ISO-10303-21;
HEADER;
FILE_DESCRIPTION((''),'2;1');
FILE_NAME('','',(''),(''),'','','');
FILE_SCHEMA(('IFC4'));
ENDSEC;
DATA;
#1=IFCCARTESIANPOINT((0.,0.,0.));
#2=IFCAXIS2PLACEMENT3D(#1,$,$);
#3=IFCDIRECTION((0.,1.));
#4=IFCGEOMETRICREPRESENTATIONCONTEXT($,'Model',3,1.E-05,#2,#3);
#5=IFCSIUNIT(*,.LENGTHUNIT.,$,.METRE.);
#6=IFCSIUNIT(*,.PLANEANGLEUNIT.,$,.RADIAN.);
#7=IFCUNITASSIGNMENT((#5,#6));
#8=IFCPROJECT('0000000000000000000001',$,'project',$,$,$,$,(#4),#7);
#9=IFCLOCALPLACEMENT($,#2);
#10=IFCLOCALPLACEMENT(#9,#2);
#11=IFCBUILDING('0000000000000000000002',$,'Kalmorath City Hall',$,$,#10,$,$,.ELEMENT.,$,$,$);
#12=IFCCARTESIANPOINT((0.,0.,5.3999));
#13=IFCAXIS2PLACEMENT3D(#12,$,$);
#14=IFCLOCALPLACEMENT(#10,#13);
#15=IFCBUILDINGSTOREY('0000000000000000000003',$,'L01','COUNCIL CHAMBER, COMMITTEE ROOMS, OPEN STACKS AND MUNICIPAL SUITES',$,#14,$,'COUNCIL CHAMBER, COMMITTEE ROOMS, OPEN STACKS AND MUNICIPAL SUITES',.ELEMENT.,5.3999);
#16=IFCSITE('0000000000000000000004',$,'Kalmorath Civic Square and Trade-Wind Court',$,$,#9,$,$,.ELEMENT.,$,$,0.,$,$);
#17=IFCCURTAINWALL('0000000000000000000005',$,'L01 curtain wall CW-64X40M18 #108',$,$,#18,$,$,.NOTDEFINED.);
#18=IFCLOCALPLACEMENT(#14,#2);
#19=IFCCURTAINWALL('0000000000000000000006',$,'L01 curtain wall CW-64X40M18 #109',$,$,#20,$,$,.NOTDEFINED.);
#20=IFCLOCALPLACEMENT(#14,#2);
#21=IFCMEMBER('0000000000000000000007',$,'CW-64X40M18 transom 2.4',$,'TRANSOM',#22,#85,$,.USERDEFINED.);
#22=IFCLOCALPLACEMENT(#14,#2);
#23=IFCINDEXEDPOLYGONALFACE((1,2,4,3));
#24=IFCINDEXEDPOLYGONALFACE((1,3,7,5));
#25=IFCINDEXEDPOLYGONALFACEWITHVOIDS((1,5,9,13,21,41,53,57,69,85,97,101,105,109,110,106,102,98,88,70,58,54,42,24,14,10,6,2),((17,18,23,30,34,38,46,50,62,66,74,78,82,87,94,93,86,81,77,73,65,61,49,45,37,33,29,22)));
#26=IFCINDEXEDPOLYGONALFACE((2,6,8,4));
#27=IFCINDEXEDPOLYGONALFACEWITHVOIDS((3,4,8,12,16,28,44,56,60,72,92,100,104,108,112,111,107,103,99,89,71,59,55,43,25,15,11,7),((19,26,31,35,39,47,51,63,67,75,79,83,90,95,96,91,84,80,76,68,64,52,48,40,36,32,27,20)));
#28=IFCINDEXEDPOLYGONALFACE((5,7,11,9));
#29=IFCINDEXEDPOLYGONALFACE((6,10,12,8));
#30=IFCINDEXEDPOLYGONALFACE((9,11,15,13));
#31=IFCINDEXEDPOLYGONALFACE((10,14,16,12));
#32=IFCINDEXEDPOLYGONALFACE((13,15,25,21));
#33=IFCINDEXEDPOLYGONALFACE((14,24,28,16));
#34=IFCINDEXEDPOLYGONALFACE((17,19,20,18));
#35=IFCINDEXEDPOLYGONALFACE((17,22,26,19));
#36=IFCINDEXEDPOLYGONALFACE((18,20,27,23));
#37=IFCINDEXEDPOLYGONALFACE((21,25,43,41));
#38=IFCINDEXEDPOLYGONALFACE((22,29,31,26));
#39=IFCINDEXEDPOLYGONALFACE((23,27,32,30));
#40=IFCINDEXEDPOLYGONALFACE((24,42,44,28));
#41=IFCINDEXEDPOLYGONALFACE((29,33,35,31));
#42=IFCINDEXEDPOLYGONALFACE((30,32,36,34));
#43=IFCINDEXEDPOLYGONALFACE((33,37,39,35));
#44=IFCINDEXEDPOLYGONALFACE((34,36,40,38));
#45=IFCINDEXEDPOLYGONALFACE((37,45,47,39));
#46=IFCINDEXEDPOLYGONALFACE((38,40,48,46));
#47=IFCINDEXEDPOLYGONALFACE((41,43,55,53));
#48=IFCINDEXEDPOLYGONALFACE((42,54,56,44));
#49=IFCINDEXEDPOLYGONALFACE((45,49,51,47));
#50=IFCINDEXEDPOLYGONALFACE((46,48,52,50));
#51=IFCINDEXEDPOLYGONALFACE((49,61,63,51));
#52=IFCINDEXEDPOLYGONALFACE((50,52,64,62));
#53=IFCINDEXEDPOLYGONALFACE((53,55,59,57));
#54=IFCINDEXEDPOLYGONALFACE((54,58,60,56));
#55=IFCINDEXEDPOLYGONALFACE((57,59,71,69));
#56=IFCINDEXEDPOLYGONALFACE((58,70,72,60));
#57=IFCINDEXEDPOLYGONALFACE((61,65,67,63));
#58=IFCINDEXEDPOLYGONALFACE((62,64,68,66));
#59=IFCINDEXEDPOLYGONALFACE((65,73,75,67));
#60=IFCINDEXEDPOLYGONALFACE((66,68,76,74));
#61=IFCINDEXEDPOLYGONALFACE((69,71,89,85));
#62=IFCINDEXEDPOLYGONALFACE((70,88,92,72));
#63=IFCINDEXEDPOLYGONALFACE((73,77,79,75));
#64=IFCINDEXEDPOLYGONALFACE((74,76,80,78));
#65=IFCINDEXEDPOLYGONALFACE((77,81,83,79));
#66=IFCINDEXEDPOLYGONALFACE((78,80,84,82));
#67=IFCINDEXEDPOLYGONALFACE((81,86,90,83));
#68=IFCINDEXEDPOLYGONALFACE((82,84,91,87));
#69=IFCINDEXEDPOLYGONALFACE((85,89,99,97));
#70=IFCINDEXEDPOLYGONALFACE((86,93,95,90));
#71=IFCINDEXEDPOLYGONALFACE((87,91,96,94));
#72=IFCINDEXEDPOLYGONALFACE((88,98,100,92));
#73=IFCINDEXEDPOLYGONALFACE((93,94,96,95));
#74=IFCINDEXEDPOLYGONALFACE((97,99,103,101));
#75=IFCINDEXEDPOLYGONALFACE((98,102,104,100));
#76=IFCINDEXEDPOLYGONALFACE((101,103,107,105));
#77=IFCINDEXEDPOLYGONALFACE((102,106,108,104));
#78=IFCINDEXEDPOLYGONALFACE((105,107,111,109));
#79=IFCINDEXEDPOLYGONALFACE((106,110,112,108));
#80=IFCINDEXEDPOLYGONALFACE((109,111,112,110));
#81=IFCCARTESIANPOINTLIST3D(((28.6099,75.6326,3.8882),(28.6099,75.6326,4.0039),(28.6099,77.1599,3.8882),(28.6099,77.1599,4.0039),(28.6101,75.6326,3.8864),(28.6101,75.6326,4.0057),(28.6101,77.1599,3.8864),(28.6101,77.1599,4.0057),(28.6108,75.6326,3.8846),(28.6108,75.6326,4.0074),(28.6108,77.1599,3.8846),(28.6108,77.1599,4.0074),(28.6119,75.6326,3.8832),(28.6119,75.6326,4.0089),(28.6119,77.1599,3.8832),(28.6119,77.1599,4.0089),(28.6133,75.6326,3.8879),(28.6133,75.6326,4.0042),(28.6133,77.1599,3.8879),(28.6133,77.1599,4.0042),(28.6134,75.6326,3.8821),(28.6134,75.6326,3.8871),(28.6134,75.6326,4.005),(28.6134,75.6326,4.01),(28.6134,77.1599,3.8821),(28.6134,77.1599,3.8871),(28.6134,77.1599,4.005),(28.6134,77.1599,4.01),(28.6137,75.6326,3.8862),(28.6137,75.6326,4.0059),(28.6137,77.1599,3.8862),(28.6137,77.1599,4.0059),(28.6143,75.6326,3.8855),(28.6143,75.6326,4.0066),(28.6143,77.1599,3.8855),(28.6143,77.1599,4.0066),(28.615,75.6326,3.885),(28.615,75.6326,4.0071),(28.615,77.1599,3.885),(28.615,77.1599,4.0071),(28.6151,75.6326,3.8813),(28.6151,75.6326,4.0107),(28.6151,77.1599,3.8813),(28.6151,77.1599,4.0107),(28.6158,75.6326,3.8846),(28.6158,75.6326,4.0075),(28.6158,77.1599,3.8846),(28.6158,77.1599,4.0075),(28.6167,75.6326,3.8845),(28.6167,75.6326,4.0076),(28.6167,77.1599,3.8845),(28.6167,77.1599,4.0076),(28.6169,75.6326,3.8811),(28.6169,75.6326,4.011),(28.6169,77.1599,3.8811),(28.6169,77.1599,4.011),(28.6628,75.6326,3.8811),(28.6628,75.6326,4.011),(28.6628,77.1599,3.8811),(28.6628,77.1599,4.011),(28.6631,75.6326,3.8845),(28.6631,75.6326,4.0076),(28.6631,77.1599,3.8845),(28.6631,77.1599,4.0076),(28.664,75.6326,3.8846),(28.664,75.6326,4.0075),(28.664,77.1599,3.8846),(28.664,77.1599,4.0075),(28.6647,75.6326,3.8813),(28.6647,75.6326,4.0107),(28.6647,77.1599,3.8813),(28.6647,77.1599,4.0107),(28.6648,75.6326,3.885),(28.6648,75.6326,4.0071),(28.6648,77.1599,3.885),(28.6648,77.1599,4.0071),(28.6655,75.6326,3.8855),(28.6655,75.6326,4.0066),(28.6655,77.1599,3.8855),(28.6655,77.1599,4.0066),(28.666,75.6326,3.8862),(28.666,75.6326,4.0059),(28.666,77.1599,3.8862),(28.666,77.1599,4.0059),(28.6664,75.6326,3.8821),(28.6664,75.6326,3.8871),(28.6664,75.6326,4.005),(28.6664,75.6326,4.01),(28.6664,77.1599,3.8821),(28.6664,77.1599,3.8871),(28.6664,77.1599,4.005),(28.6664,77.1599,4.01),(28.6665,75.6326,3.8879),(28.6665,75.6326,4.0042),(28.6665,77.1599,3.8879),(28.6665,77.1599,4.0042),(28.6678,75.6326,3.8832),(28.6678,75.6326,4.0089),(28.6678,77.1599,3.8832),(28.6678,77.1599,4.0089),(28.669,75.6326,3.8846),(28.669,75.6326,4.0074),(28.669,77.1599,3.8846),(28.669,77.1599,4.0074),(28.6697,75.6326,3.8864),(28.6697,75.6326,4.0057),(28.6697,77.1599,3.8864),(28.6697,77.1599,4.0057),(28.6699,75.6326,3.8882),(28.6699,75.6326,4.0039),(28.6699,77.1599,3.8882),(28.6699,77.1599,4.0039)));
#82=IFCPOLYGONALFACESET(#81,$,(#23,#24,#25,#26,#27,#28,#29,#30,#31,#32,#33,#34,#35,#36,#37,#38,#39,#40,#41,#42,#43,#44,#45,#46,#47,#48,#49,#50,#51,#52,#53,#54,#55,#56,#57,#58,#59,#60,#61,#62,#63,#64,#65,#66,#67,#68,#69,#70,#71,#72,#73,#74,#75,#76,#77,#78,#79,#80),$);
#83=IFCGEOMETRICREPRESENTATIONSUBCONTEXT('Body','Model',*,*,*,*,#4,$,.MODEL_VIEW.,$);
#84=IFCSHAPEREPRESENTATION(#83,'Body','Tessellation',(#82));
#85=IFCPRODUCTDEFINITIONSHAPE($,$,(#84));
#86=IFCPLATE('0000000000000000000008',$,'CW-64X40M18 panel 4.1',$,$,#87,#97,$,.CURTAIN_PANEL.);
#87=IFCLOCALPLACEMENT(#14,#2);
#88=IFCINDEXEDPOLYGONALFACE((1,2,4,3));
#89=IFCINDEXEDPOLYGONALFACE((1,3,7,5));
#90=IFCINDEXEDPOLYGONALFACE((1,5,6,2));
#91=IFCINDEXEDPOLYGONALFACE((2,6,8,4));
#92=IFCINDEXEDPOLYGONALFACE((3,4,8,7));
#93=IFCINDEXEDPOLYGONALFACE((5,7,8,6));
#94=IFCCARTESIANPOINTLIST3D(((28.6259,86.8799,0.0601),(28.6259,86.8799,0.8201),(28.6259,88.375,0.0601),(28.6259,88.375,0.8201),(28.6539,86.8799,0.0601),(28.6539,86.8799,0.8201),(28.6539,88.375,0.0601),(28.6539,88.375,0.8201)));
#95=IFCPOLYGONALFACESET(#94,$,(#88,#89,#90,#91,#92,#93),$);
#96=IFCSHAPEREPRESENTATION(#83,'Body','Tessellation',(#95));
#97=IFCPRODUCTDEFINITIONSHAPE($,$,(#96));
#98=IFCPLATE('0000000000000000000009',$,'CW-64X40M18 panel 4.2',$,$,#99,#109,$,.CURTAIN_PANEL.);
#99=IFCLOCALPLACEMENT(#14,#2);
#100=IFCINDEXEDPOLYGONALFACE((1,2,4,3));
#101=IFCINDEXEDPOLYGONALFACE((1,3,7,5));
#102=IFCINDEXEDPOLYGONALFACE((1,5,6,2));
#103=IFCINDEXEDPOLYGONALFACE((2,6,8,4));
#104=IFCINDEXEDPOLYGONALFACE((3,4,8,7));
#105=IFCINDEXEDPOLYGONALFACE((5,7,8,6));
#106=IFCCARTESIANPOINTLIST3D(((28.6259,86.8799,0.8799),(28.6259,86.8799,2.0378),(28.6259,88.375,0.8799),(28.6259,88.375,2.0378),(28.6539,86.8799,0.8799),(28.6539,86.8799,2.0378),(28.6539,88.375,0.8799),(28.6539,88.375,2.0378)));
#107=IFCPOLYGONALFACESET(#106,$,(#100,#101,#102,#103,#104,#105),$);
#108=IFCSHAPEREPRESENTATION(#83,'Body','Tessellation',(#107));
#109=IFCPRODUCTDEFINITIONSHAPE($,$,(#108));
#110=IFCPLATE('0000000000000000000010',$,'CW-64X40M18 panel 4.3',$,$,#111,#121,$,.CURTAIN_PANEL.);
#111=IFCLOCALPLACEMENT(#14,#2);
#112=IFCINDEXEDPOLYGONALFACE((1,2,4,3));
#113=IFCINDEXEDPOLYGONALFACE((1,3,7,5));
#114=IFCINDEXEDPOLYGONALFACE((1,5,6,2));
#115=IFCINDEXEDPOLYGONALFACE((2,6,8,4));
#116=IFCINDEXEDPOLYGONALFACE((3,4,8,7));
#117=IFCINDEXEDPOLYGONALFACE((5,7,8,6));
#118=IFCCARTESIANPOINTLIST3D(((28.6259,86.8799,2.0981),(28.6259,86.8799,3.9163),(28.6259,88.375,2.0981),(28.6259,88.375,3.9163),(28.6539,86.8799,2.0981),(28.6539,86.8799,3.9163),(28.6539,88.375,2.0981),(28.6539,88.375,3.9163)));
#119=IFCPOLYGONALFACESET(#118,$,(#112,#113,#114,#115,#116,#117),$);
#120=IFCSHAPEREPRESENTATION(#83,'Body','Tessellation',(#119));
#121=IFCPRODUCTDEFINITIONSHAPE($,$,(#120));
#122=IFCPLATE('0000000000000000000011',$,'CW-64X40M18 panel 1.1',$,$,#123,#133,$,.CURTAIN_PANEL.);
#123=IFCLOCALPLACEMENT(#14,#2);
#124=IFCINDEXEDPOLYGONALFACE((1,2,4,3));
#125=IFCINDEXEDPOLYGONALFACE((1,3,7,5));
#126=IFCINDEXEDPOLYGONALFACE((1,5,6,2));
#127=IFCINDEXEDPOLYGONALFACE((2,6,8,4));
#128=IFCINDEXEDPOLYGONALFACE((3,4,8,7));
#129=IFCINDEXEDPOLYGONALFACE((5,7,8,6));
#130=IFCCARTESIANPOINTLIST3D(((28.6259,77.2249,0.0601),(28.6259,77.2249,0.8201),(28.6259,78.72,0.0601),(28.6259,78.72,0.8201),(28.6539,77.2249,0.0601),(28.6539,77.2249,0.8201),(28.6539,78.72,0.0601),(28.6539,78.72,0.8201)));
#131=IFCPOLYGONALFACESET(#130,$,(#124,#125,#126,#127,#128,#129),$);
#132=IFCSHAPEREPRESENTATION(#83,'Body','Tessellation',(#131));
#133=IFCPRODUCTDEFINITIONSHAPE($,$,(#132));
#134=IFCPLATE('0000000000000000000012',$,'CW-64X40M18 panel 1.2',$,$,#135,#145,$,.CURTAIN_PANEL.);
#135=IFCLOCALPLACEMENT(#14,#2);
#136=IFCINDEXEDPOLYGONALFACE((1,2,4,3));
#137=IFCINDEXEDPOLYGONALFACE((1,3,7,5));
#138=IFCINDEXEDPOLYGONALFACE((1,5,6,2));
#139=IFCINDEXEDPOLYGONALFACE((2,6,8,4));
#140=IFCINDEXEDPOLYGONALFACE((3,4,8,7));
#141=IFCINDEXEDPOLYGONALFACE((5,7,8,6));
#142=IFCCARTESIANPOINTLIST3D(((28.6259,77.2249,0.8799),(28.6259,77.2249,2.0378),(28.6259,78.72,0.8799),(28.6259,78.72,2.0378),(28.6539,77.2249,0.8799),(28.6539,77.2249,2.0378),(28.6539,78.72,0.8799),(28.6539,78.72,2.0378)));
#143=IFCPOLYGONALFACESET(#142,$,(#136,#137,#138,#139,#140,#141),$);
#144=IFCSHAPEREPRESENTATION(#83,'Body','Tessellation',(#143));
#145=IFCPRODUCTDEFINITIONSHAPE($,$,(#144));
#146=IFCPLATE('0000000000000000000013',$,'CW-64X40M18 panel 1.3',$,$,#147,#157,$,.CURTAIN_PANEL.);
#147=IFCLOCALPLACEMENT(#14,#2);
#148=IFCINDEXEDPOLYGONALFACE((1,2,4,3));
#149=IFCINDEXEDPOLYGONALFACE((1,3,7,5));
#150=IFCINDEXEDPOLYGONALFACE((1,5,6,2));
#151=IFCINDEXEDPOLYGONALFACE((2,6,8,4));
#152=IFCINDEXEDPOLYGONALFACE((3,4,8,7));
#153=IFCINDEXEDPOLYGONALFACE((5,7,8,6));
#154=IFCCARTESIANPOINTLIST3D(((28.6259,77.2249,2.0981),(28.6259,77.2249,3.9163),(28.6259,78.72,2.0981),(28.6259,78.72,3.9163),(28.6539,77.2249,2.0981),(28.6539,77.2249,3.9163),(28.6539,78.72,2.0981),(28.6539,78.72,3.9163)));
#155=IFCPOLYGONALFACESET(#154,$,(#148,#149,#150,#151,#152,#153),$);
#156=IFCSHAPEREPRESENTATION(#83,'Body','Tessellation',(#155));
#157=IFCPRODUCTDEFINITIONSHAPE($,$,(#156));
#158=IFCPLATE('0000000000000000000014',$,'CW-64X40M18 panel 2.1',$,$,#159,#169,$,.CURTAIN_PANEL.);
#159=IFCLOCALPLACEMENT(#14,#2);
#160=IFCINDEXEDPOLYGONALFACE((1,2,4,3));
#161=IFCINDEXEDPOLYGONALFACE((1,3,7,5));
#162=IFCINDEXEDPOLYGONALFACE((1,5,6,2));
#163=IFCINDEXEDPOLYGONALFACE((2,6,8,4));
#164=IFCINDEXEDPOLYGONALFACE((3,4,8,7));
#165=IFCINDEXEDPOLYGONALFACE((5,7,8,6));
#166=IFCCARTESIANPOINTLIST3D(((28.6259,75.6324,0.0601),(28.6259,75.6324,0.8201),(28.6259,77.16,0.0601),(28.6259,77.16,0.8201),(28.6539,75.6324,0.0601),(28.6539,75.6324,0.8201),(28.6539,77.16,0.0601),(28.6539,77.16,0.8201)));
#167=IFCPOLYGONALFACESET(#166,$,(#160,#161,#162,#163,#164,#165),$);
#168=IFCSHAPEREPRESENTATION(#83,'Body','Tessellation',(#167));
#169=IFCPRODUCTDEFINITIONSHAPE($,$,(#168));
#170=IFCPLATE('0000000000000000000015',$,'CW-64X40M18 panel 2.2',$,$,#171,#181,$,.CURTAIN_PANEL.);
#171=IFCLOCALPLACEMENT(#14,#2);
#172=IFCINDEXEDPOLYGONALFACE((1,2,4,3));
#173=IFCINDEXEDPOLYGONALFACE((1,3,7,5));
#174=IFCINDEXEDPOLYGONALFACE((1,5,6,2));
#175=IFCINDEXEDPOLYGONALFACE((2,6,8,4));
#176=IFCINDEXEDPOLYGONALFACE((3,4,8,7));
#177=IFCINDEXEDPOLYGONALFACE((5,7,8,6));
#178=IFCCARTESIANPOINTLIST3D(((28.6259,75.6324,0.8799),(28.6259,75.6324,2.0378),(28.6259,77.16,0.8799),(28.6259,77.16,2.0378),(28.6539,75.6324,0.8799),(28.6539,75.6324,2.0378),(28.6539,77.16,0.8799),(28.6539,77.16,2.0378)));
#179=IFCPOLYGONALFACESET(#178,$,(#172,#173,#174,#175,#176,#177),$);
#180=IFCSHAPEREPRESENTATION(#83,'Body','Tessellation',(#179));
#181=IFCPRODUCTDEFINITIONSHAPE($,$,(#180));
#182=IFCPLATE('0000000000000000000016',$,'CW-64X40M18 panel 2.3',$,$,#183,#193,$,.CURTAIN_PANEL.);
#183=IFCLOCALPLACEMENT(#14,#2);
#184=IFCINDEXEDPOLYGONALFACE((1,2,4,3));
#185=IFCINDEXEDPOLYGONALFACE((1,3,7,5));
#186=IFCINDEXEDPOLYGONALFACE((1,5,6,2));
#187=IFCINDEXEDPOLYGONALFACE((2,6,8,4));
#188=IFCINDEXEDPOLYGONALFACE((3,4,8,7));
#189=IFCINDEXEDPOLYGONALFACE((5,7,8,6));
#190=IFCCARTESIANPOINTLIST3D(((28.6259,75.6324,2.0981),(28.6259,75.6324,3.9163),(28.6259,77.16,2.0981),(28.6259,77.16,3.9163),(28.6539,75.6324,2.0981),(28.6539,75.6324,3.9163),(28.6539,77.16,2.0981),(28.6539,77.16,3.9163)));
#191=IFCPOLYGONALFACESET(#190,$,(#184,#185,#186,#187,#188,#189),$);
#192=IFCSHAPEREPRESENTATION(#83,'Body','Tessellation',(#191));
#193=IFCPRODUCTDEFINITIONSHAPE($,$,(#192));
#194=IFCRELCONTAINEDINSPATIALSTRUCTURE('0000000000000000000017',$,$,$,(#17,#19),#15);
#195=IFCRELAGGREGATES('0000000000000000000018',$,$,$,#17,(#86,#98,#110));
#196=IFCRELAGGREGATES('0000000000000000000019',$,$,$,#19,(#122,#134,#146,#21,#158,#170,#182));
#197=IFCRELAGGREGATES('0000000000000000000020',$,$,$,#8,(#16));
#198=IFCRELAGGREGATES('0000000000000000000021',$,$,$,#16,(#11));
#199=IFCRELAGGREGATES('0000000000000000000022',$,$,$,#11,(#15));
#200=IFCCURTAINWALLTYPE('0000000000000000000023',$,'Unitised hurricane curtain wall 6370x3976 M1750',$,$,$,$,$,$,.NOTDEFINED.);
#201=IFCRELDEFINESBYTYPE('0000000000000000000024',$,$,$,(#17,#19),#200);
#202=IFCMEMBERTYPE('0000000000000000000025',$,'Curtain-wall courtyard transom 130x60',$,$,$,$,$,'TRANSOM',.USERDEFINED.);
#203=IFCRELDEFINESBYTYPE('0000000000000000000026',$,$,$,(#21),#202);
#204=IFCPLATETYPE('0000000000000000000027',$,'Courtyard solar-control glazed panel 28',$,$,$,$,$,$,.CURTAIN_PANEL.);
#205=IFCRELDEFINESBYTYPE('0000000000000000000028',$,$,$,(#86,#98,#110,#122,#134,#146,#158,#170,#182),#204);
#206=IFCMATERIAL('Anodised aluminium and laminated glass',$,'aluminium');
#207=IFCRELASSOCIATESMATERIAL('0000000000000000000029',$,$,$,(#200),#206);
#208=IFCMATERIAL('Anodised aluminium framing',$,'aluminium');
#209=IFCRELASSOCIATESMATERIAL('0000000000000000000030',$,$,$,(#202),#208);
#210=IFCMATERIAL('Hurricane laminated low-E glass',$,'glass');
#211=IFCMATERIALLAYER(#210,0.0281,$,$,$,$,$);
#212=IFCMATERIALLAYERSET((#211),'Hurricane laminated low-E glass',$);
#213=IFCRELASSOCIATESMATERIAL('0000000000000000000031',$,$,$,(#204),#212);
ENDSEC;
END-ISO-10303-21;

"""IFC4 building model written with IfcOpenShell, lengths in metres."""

from ifc_helpers import new_model, si_unit, direction, frame, origin, origin_2d, place, context, subcontext, project, spatial, rectangle, hollow_rectangle, extrude, material, layer, layer_set, material_profile, profile_set, type_object, element, aggregate, save


model = new_model("IFC4")

# Units and contexts
model_context = context("Model", 3, precision=1e-05, world=origin(), true_north=direction((0.0, 1.0)))
body_context = subcontext(model_context, "Body", "Model", "MODEL_VIEW")
ifc_project = project(units=[si_unit("LENGTHUNIT", "METRE"), si_unit("PLANEANGLEUNIT", "RADIAN")], contexts=[model_context])

# Site, building, storey
site_placement = place(None, origin())
site = spatial("IfcSite", under=ifc_project, at=site_placement, Name="Kalmorath Civic Square and Trade-Wind Court", CompositionType="ELEMENT", RefElevation=0.0)
building_placement = place(site_placement, origin())
building = spatial("IfcBuilding", under=site, at=building_placement, Name="Kalmorath City Hall", CompositionType="ELEMENT")
storey_placement = place(building_placement, frame((0.0, 0.0, 5.3999)))
storey = spatial("IfcBuildingStorey", under=building, at=storey_placement, Name="L01", Description="COUNCIL CHAMBER, COMMITTEE ROOMS, OPEN STACKS AND MUNICIPAL SUITES", LongName="COUNCIL CHAMBER, COMMITTEE ROOMS, OPEN STACKS AND MUNICIPAL SUITES", CompositionType="ELEMENT", Elevation=5.3999)

# Curtain wall
ifc_material_1 = material(Name="Anodised aluminium and laminated glass", Category="aluminium")
curtain_wall_type = type_object("IfcCurtainWallType", Name="Unitised hurricane curtain wall 6370x3976 M1750", PredefinedType="NOTDEFINED", material=ifc_material_1)
curtain_wall_1_placement = place(storey_placement, origin())
curtain_wall_1 = element("IfcCurtainWall", 1, at=curtain_wall_1_placement, inside=storey, type_object=curtain_wall_type, Name="L01 curtain wall CW-64X40M18 #108", PredefinedType="NOTDEFINED")

# Curtain wall
curtain_wall_2_placement = place(storey_placement, origin())
curtain_wall_2 = element("IfcCurtainWall", 2, at=curtain_wall_2_placement, inside=storey, type_object=curtain_wall_type, Name="L01 curtain wall CW-64X40M18 #109", PredefinedType="NOTDEFINED")

# Member
ifc_material_2 = material(Name="Anodised aluminium framing", Category="aluminium")
ifc_material_profile_1 = material_profile(ifc_material_2, hollow_rectangle(XDim=0.0601, YDim=0.1299, WallThickness=0.0034, InnerFilletRadius=0.0034, OuterFilletRadius=0.0071, at=origin_2d()), Name="ALU-TRN-130X60X3.5")
ifc_profile_set_1 = profile_set([ifc_material_profile_1], Name="Anodised aluminium framing")
member_type_1 = type_object("IfcMemberType", Name="Curtain-wall courtyard transom 130x60", ElementType="TRANSOM", PredefinedType="USERDEFINED", material=ifc_profile_set_1)
member_1_placement = place(storey_placement, frame((28.6399, 77.1599, 3.946), z_axis=(0.0, -1.0, 0.0), x_axis=(1.0, 0.0, 0.0)))
member_1 = element("IfcMember", 3, at=member_1_placement, type_object=member_type_1, Name="CW-64X40M18 transom 2.4", ObjectType="TRANSOM", PredefinedType="USERDEFINED", context=body_context, shape_type="SweptSolid", body=[
    extrude(hollow_rectangle(XDim=0.0601, YDim=0.1299, WallThickness=0.0034, InnerFilletRadius=0.0034, OuterFilletRadius=0.0071, at=origin_2d()), origin(), (0.0, 0.0, 1.0), 1.5273),
])

# Plates
ifc_material_3 = material(Name="Hurricane laminated low-E glass", Category="glass")
ifc_layer = layer(ifc_material_3, 0.0281)
ifc_layer_set = layer_set([ifc_layer], Name="Hurricane laminated low-E glass")
plate_type = type_object("IfcPlateType", Name="Courtyard solar-control glazed panel 28", PredefinedType="CURTAIN_PANEL", material=ifc_layer_set)
plate_1_placement = place(storey_placement, frame((28.6399, 87.6274, 0.0601), z_axis=(0.0, 0.0, 1.0), x_axis=(0.0, -1.0, 0.0)))
plate_1 = element("IfcPlate", 4, at=plate_1_placement, type_object=plate_type, Name="CW-64X40M18 panel 4.1", PredefinedType="CURTAIN_PANEL", context=body_context, shape_type="SweptSolid", body=[
    extrude(rectangle(XDim=1.4951, YDim=0.0281, at=origin_2d()), origin(), (0.0, 0.0, 1.0), 0.76),
])
plate_2_placement = place(storey_placement, frame((28.6399, 87.6274, 0.8799), z_axis=(0.0, 0.0, 1.0), x_axis=(0.0, -1.0, 0.0)))
plate_2 = element("IfcPlate", 5, at=plate_2_placement, type_object=plate_type, Name="CW-64X40M18 panel 4.2", PredefinedType="CURTAIN_PANEL", context=body_context, shape_type="SweptSolid", body=[
    extrude(rectangle(XDim=1.4951, YDim=0.0281, at=origin_2d()), origin(), (0.0, 0.0, 1.0), 1.158),
])
plate_3_placement = place(storey_placement, frame((28.6399, 87.6274, 2.0981), z_axis=(0.0, 0.0, 1.0), x_axis=(0.0, -1.0, 0.0)))
plate_3 = element("IfcPlate", 6, at=plate_3_placement, type_object=plate_type, Name="CW-64X40M18 panel 4.3", PredefinedType="CURTAIN_PANEL", context=body_context, shape_type="SweptSolid", body=[
    extrude(rectangle(XDim=1.4951, YDim=0.0281, at=origin_2d()), origin(), (0.0, 0.0, 1.0), 1.8181),
])
aggregate(curtain_wall_1, [plate_1, plate_2, plate_3])
plate_4_placement = place(storey_placement, frame((28.6399, 77.9724, 0.0601), z_axis=(0.0, 0.0, 1.0), x_axis=(0.0, -1.0, 0.0)))
plate_4 = element("IfcPlate", 7, at=plate_4_placement, type_object=plate_type, Name="CW-64X40M18 panel 1.1", PredefinedType="CURTAIN_PANEL", context=body_context, shape_type="SweptSolid", body=[
    extrude(rectangle(XDim=1.4951, YDim=0.0281, at=origin_2d()), origin(), (0.0, 0.0, 1.0), 0.76),
])
plate_5_placement = place(storey_placement, frame((28.6399, 77.9724, 0.8799), z_axis=(0.0, 0.0, 1.0), x_axis=(0.0, -1.0, 0.0)))
plate_5 = element("IfcPlate", 8, at=plate_5_placement, type_object=plate_type, Name="CW-64X40M18 panel 1.2", PredefinedType="CURTAIN_PANEL", context=body_context, shape_type="SweptSolid", body=[
    extrude(rectangle(XDim=1.4951, YDim=0.0281, at=origin_2d()), origin(), (0.0, 0.0, 1.0), 1.158),
])
plate_6_placement = place(storey_placement, frame((28.6399, 77.9724, 2.0981), z_axis=(0.0, 0.0, 1.0), x_axis=(0.0, -1.0, 0.0)))
plate_6 = element("IfcPlate", 9, at=plate_6_placement, type_object=plate_type, Name="CW-64X40M18 panel 1.3", PredefinedType="CURTAIN_PANEL", context=body_context, shape_type="SweptSolid", body=[
    extrude(rectangle(XDim=1.4951, YDim=0.0281, at=origin_2d()), origin(), (0.0, 0.0, 1.0), 1.8181),
])
plate_7_placement = place(storey_placement, frame((28.6399, 76.3962, 0.0601), z_axis=(0.0, 0.0, 1.0), x_axis=(0.0, -1.0, 0.0)))
plate_7 = element("IfcPlate", 10, at=plate_7_placement, type_object=plate_type, Name="CW-64X40M18 panel 2.1", PredefinedType="CURTAIN_PANEL", context=body_context, shape_type="SweptSolid", body=[
    extrude(rectangle(XDim=1.5276, YDim=0.0281, at=origin_2d()), origin(), (0.0, 0.0, 1.0), 0.76),
])
plate_8_placement = place(storey_placement, frame((28.6399, 76.3962, 0.8799), z_axis=(0.0, 0.0, 1.0), x_axis=(0.0, -1.0, 0.0)))
plate_8 = element("IfcPlate", 11, at=plate_8_placement, type_object=plate_type, Name="CW-64X40M18 panel 2.2", PredefinedType="CURTAIN_PANEL", context=body_context, shape_type="SweptSolid", body=[
    extrude(rectangle(XDim=1.5276, YDim=0.0281, at=origin_2d()), origin(), (0.0, 0.0, 1.0), 1.158),
])
plate_9_placement = place(storey_placement, frame((28.6399, 76.3962, 2.0981), z_axis=(0.0, 0.0, 1.0), x_axis=(0.0, -1.0, 0.0)))
plate_9 = element("IfcPlate", 12, at=plate_9_placement, type_object=plate_type, Name="CW-64X40M18 panel 2.3", PredefinedType="CURTAIN_PANEL", context=body_context, shape_type="SweptSolid", body=[
    extrude(rectangle(XDim=1.5276, YDim=0.0281, at=origin_2d()), origin(), (0.0, 0.0, 1.0), 1.8181),
])
aggregate(curtain_wall_2, [plate_4, plate_5, plate_6, member_1, plate_7, plate_8, plate_9])

save(model, "model.ifc")
